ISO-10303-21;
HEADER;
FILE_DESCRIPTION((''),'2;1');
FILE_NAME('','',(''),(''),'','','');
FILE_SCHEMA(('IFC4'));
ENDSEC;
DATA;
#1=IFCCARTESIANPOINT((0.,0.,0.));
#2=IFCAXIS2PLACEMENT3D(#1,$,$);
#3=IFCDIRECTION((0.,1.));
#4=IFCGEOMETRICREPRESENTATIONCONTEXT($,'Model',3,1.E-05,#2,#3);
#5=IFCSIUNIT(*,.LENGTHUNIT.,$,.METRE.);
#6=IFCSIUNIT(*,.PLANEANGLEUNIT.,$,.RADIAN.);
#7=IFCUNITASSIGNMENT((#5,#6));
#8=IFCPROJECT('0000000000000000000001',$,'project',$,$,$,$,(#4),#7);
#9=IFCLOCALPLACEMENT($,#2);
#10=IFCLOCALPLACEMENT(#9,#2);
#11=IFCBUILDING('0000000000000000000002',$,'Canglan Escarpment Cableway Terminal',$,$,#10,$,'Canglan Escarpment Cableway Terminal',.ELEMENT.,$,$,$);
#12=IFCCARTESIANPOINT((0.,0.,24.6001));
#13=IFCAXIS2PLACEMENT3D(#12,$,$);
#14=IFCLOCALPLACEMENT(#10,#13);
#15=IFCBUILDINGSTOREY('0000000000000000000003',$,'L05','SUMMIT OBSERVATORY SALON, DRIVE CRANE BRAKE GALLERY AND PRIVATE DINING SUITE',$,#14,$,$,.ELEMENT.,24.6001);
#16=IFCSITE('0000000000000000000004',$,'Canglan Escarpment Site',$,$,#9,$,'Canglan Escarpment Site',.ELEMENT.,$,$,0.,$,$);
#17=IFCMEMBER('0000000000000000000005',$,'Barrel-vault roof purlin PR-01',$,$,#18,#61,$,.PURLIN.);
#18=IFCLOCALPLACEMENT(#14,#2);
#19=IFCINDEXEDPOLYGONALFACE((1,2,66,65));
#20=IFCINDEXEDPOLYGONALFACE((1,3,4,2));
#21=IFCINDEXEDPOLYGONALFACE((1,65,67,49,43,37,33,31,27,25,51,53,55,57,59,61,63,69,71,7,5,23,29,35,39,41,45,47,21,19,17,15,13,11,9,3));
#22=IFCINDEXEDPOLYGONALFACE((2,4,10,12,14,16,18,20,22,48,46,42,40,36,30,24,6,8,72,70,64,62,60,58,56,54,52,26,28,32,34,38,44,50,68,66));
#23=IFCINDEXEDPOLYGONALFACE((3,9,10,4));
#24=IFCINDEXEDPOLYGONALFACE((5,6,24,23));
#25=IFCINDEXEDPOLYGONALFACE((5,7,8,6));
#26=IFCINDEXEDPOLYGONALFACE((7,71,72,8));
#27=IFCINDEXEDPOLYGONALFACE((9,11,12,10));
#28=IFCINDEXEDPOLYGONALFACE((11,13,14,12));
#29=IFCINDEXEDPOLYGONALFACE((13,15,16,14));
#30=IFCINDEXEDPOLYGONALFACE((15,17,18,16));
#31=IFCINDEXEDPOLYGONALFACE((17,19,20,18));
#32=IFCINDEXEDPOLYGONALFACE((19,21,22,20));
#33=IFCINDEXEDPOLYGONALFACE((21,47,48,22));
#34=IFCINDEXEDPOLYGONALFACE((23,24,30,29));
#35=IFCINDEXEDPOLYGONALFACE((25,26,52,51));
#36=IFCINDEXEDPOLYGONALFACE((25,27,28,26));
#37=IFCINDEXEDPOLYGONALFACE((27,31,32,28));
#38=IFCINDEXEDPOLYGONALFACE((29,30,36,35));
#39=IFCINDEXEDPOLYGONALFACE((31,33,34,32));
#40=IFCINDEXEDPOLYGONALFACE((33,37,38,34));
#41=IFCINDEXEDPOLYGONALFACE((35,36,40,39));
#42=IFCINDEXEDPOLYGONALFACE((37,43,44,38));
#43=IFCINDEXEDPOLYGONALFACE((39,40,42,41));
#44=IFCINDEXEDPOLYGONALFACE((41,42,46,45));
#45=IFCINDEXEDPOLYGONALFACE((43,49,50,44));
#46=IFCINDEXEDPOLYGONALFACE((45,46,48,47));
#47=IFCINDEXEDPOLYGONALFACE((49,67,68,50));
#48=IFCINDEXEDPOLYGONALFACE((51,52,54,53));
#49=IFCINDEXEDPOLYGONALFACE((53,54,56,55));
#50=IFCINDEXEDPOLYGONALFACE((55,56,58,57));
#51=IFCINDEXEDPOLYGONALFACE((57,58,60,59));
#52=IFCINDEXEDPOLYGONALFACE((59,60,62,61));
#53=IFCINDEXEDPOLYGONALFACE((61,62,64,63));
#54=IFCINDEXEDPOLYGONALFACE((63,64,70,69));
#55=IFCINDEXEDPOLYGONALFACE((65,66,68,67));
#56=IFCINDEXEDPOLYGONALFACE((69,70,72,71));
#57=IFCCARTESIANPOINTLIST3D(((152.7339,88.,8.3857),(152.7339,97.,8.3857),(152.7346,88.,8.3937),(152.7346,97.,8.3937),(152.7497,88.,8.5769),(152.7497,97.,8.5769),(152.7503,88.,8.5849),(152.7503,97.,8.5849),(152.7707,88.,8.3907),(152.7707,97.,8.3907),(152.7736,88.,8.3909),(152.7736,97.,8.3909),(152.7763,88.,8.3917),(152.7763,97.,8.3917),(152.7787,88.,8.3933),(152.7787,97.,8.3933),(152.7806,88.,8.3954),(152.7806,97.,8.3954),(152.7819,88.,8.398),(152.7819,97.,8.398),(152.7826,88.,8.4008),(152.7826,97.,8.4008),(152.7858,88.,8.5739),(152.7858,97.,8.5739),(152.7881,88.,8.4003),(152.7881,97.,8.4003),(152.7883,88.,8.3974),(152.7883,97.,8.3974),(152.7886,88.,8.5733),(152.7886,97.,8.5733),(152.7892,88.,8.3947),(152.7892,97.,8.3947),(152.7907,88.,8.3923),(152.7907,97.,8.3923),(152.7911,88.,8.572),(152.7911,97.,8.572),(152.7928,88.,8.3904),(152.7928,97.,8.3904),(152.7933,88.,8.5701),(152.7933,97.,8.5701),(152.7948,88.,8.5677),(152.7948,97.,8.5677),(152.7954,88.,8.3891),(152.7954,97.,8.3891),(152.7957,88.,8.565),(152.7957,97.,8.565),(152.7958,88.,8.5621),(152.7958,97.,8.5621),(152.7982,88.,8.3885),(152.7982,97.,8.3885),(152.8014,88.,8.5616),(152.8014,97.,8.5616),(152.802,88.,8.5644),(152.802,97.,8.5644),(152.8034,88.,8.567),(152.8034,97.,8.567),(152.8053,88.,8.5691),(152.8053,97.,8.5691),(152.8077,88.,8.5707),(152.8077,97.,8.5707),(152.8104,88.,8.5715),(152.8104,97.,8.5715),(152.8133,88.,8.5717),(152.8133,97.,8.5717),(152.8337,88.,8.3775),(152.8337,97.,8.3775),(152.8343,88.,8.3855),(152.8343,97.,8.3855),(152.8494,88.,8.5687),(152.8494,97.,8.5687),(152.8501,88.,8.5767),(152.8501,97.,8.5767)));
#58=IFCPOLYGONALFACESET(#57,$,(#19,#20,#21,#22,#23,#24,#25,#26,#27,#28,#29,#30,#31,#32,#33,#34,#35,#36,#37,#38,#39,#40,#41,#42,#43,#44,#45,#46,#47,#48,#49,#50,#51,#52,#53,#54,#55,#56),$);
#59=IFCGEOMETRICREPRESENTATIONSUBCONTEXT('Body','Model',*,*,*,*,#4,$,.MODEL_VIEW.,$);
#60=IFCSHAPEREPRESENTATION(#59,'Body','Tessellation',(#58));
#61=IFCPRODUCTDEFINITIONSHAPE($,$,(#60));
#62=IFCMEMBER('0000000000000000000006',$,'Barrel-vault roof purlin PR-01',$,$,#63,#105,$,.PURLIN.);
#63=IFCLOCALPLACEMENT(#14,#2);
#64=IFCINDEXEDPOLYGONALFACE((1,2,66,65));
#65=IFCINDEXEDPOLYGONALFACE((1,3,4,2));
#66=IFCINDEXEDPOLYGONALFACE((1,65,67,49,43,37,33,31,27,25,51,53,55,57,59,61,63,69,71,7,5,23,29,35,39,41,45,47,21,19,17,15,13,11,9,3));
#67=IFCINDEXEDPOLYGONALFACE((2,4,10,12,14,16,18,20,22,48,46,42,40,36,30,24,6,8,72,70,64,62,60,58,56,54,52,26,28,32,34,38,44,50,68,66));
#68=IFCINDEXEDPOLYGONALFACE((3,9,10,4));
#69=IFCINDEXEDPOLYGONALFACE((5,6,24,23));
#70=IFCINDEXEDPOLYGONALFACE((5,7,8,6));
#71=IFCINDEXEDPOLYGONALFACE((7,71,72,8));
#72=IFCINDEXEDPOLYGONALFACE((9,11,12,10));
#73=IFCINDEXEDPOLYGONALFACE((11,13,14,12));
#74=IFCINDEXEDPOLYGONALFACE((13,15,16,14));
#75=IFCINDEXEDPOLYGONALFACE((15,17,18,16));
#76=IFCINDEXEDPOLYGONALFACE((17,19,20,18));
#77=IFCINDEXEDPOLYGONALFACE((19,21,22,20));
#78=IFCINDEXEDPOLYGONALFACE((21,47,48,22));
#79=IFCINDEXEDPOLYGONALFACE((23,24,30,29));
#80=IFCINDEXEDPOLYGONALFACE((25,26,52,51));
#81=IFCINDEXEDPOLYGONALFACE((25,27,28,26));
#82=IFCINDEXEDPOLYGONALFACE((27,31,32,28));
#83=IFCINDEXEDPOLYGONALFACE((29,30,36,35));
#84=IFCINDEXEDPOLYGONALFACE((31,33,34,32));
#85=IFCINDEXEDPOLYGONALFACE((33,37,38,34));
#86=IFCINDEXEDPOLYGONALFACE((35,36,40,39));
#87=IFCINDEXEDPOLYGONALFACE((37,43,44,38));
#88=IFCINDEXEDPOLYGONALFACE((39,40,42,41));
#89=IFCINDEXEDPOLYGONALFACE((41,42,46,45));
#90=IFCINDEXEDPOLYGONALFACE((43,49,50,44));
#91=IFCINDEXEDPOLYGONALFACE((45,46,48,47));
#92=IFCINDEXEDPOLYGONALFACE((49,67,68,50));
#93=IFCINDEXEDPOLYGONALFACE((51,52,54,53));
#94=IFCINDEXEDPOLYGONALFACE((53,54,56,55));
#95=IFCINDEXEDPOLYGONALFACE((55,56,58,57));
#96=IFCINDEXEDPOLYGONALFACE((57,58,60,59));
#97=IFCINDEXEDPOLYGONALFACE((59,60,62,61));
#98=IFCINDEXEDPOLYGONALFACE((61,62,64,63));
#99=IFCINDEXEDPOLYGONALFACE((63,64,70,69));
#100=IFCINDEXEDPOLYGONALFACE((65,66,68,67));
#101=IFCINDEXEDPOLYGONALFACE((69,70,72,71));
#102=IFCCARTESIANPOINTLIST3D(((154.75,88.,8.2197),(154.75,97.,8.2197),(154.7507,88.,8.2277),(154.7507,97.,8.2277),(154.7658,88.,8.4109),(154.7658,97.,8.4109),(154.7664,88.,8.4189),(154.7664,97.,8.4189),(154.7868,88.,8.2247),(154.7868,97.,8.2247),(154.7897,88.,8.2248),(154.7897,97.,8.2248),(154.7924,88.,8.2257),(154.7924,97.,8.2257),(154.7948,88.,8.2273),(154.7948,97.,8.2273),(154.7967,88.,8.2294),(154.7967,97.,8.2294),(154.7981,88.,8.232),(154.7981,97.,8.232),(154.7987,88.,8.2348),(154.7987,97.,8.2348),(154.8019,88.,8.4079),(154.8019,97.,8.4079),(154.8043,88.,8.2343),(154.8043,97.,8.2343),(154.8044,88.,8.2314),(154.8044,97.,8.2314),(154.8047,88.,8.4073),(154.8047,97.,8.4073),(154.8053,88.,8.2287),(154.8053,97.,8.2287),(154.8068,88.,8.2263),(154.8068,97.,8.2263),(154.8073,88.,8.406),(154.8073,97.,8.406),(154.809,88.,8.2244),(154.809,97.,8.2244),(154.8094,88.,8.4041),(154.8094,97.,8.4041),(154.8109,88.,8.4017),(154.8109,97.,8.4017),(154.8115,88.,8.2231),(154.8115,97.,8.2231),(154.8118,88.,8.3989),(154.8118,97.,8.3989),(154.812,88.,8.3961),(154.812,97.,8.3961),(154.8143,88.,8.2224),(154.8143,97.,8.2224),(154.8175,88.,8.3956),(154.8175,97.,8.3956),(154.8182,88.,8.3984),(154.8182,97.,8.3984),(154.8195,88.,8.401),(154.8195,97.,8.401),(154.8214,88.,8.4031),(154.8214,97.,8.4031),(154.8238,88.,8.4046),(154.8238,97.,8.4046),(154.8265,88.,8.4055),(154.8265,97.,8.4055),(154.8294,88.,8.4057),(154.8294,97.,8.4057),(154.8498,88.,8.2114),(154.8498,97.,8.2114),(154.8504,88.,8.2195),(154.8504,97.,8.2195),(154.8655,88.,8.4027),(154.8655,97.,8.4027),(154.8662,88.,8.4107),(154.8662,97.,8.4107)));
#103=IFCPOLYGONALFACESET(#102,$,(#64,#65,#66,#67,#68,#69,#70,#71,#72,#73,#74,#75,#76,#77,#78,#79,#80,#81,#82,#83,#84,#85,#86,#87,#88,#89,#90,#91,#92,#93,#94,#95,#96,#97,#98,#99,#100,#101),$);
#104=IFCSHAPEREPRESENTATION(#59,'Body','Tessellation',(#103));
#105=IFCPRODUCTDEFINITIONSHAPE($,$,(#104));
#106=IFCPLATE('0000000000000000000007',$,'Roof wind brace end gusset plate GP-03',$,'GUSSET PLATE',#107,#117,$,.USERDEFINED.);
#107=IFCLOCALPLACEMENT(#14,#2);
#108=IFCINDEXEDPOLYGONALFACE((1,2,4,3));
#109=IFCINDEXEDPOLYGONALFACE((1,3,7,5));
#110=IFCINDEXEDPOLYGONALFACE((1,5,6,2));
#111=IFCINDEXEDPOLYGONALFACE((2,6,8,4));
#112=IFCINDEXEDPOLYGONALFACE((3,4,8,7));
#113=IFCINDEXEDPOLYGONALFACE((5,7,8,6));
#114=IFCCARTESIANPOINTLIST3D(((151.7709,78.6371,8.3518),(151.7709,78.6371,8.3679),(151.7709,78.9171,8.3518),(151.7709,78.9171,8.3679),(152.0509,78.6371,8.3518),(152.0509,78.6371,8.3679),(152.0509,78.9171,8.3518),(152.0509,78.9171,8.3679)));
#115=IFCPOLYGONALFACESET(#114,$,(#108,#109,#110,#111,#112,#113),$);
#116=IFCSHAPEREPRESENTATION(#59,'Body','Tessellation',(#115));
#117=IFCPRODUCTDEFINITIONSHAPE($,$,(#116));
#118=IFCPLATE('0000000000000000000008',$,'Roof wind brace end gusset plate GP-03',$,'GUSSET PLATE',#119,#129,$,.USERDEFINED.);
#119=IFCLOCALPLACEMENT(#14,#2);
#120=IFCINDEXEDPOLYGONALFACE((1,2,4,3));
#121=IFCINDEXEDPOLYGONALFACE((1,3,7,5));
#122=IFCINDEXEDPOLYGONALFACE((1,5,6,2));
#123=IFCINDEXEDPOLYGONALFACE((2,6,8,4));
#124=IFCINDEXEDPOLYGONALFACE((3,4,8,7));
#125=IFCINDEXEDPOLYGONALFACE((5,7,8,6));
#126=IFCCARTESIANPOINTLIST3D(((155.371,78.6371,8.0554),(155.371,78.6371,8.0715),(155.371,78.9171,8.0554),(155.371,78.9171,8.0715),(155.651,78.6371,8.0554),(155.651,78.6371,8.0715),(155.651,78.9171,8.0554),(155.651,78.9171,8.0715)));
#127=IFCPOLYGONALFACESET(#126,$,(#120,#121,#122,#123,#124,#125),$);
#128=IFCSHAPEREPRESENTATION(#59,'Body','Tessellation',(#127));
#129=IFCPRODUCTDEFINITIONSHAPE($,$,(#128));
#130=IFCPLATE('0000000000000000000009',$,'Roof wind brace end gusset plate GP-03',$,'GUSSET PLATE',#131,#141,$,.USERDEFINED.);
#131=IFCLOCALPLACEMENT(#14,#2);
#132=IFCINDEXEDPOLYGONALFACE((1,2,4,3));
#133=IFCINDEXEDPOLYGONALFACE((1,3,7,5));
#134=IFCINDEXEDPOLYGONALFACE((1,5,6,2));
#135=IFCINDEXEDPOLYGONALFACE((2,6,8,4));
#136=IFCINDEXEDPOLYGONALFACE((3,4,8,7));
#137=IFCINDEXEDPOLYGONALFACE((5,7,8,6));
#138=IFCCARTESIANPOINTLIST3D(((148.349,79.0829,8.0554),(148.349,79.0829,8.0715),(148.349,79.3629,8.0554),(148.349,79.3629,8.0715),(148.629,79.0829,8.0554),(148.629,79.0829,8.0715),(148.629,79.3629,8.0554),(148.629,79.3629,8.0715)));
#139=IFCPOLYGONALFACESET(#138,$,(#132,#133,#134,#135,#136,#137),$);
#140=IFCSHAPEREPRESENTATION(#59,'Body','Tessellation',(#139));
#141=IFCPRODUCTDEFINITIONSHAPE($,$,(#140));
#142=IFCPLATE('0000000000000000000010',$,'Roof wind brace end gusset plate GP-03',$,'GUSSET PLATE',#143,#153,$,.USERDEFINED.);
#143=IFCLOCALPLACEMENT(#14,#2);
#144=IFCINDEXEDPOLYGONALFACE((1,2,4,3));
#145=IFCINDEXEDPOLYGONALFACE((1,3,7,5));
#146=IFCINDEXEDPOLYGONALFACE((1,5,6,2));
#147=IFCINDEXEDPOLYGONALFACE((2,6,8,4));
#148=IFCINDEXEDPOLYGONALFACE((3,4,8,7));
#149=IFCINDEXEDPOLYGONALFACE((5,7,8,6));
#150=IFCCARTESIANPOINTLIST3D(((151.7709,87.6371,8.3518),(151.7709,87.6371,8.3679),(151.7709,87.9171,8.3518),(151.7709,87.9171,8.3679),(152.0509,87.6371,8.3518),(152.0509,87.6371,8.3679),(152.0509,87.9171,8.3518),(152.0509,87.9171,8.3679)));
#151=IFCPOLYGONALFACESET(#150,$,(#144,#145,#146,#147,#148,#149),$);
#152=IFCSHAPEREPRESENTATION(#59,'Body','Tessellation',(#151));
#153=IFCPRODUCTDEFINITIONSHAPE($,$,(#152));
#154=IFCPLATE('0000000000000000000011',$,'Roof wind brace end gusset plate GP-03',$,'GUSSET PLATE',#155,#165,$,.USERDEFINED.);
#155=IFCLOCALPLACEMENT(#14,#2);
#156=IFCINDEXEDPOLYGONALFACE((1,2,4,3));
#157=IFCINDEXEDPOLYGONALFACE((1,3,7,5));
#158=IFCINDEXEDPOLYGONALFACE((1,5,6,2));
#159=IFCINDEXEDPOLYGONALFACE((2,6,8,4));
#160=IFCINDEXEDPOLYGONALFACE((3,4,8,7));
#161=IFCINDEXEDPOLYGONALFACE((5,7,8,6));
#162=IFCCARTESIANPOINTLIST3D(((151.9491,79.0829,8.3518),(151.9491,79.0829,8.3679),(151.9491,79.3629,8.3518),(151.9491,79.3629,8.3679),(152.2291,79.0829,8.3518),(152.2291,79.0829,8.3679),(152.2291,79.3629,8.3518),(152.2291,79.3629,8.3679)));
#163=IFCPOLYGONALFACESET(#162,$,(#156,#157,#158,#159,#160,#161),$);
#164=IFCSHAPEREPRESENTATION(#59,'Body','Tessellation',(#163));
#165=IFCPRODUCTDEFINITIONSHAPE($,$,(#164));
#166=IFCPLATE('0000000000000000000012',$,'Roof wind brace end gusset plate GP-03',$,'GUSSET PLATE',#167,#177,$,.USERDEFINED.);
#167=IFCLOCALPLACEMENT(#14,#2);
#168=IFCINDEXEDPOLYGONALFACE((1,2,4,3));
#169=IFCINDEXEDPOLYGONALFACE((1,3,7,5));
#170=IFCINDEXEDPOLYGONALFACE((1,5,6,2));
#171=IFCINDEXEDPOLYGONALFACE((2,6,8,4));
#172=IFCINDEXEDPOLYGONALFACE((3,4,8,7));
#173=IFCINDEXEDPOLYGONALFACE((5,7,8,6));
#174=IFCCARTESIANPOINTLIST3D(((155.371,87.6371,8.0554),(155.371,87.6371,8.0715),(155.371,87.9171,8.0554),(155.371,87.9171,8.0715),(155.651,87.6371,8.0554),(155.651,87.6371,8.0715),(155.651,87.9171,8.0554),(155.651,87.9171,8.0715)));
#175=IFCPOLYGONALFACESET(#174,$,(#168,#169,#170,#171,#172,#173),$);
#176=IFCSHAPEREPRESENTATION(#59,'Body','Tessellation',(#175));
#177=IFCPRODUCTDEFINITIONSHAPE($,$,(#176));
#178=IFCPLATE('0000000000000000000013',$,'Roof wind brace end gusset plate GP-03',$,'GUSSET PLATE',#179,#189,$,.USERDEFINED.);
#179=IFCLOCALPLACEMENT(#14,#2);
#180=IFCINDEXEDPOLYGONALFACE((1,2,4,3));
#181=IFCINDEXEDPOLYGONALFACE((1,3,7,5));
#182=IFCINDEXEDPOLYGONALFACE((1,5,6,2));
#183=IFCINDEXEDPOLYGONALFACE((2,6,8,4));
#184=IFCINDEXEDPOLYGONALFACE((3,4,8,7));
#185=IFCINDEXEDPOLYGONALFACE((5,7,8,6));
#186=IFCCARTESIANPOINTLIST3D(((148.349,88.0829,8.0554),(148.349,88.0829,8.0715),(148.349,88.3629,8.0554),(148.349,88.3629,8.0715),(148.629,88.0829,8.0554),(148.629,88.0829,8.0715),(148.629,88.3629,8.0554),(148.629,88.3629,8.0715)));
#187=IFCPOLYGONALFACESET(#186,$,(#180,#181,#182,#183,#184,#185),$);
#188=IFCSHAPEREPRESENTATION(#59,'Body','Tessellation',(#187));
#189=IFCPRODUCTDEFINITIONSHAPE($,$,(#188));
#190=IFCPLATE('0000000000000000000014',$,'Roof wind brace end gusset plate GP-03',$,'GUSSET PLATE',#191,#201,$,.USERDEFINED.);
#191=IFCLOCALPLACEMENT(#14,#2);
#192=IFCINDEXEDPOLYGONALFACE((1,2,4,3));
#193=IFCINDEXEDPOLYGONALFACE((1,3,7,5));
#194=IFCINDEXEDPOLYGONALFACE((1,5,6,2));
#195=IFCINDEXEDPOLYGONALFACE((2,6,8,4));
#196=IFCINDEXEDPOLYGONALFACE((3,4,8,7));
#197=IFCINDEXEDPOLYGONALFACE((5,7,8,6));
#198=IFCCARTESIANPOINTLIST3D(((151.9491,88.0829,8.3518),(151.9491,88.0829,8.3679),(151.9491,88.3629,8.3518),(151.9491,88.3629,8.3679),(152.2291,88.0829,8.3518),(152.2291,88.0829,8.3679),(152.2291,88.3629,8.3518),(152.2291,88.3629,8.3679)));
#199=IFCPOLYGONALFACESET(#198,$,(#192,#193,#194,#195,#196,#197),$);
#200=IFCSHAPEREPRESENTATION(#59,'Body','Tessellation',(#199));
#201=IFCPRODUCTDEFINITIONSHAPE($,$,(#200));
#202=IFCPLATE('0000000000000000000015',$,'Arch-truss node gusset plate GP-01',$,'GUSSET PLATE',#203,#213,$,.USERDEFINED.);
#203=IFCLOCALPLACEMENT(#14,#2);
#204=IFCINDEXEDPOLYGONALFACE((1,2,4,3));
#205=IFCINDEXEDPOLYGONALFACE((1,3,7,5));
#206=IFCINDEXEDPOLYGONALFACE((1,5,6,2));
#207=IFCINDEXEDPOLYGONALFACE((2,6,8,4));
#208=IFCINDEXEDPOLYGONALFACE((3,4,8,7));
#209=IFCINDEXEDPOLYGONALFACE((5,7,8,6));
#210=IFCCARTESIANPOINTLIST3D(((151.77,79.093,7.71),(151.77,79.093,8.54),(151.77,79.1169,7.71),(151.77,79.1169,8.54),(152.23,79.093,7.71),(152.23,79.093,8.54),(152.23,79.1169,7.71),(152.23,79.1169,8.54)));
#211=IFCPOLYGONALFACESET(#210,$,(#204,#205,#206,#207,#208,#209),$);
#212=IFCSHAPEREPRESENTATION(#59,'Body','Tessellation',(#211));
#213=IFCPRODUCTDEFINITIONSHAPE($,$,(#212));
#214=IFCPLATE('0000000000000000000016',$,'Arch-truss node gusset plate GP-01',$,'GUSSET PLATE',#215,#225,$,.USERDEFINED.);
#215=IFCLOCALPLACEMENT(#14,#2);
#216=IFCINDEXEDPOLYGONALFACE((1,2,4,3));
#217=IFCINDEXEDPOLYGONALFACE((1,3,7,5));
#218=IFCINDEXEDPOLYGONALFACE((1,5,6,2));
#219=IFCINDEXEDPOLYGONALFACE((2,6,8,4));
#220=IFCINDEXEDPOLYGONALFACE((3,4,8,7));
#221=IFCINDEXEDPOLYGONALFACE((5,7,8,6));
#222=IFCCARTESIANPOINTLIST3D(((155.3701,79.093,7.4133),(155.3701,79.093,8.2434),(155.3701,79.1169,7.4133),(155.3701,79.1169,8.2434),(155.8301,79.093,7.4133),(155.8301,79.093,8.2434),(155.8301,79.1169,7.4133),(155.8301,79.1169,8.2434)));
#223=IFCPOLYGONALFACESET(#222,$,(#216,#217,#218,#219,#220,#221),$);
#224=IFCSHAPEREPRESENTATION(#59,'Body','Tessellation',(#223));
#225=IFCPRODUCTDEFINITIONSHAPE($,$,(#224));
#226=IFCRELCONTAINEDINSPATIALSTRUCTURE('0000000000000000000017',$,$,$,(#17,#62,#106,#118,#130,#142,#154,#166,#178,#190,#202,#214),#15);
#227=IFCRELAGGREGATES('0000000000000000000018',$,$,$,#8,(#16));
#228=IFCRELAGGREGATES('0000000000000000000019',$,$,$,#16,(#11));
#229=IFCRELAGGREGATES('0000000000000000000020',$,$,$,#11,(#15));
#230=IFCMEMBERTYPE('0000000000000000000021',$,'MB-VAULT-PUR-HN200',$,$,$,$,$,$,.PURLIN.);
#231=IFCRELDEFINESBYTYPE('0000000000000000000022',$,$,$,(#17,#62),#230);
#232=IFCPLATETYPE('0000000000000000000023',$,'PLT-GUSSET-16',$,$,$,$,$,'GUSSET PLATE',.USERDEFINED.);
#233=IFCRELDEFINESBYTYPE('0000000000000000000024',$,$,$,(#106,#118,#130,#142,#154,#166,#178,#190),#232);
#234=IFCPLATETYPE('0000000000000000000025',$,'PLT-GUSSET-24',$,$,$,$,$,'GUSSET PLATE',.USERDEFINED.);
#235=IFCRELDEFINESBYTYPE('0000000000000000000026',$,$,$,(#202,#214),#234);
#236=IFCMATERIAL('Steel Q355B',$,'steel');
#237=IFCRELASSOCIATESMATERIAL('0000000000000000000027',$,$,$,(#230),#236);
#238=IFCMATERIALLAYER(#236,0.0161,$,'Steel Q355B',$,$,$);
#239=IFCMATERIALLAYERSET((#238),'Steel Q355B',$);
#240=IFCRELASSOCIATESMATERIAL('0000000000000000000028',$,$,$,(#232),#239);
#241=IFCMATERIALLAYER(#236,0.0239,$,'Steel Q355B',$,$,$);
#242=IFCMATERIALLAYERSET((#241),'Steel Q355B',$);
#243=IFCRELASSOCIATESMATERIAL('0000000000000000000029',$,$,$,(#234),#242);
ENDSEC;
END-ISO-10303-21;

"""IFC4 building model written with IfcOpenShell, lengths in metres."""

from ifc_helpers import new_model, si_unit, direction, frame, origin, origin_2d, place, context, subcontext, project, spatial, rectangle, i_section, extrude, material, layer, layer_set, material_profile, profile_set, type_object, element, save


model = new_model("IFC4")

# Units and contexts
model_context = context("Model", 3, precision=1e-05, world=origin(), true_north=direction((0.0, 1.0)))
body_context = subcontext(model_context, "Body", "Model", "MODEL_VIEW")
ifc_project = project(units=[si_unit("LENGTHUNIT", "METRE"), si_unit("PLANEANGLEUNIT", "RADIAN")], contexts=[model_context])

# Site, building, storey
site_placement = place(None, origin())
site = spatial("IfcSite", under=ifc_project, at=site_placement, Name="Canglan Escarpment Site", LongName="Canglan Escarpment Site", CompositionType="ELEMENT", RefElevation=0.0)
building_placement = place(site_placement, origin())
building = spatial("IfcBuilding", under=site, at=building_placement, Name="Canglan Escarpment Cableway Terminal", LongName="Canglan Escarpment Cableway Terminal", CompositionType="ELEMENT")
storey_placement = place(building_placement, frame((0.0, 0.0, 24.6001)))
storey = spatial("IfcBuildingStorey", under=building, at=storey_placement, Name="L05", Description="SUMMIT OBSERVATORY SALON, DRIVE CRANE BRAKE GALLERY AND PRIVATE DINING SUITE", CompositionType="ELEMENT", Elevation=24.6001)

# Shared definitions
ifc_material = material(Name="Steel Q355B", Category="steel")

# Members
ifc_material_profile_1 = material_profile(ifc_material, i_section(OverallWidth=0.1001, OverallDepth=0.2, WebThickness=0.0056, FlangeThickness=0.0081, FilletRadius=0.011, at=origin_2d()), Name="HN 200x100x5.5x8")
ifc_profile_set_1 = profile_set([ifc_material_profile_1], Name="Steel Q355B")
member_type_1 = type_object("IfcMemberType", Name="MB-VAULT-PUR-HN200", PredefinedType="PURLIN", material=ifc_profile_set_1)
for number, where, z_axis, x_axis, name in (
    (1, (152.792, 88.0, 8.4812), (0.0, 1.0, 0.0), (-0.996626, 0.0, 0.082078), "Barrel-vault roof purlin PR-01"),
    (2, (154.8081, 88.0, 8.3152), (0.0, 1.0, 0.0), (-0.996626, 0.0, 0.082078), "Barrel-vault roof purlin PR-01"),
):
    element("IfcMember", number, at=place(storey_placement, frame(where, z_axis=z_axis, x_axis=x_axis)), inside=storey, type_object=member_type_1, Name=name, PredefinedType="PURLIN", context=body_context, shape_type="SweptSolid", body=[
        extrude(i_section(OverallWidth=0.1001, OverallDepth=0.2, WebThickness=0.0056, FlangeThickness=0.0081, FilletRadius=0.011, at=origin_2d()), origin(), (0.0, 0.0, 1.0), 9.0),
    ])

# Plates
ifc_layer_1 = layer(ifc_material, 0.0161, Name="Steel Q355B")
ifc_layer_set_1 = layer_set([ifc_layer_1], Name="Steel Q355B")
plate_type_1 = type_object("IfcPlateType", Name="PLT-GUSSET-16", ElementType="GUSSET PLATE", PredefinedType="USERDEFINED", material=ifc_layer_set_1)
for number, where, z_axis, x_axis, name in (
    (3, (151.9109, 78.7771, 8.3518), (0.0, 0.0, 1.0), (1.0, 0.0, 0.0), "Roof wind brace end gusset plate GP-03"),
    (4, (155.511, 78.7771, 8.0554), (0.0, 0.0, 1.0), (1.0, 0.0, 0.0), "Roof wind brace end gusset plate GP-03"),
    (5, (148.489, 79.2229, 8.0554), (0.0, 0.0, 1.0), (1.0, 0.0, 0.0), "Roof wind brace end gusset plate GP-03"),
    (6, (151.9109, 87.7771, 8.3518), (0.0, 0.0, 1.0), (1.0, 0.0, 0.0), "Roof wind brace end gusset plate GP-03"),
    (7, (152.0891, 79.2229, 8.3518), (0.0, 0.0, 1.0), (1.0, 0.0, 0.0), "Roof wind brace end gusset plate GP-03"),
    (8, (155.511, 87.7771, 8.0554), (0.0, 0.0, 1.0), (1.0, 0.0, 0.0), "Roof wind brace end gusset plate GP-03"),
    (9, (148.489, 88.2229, 8.0554), (0.0, 0.0, 1.0), (1.0, 0.0, 0.0), "Roof wind brace end gusset plate GP-03"),
    (10, (152.0891, 88.2229, 8.3518), (0.0, 0.0, 1.0), (1.0, 0.0, 0.0), "Roof wind brace end gusset plate GP-03"),
):
    element("IfcPlate", number, at=place(storey_placement, frame(where, z_axis=z_axis, x_axis=x_axis)), inside=storey, type_object=plate_type_1, Name=name, ObjectType="GUSSET PLATE", PredefinedType="USERDEFINED", context=body_context, shape_type="SweptSolid", body=[
        extrude(rectangle(XDim=0.28, YDim=0.28, at=origin_2d()), origin(), (0.0, 0.0, 1.0), 0.0161),
    ])
ifc_layer_2 = layer(ifc_material, 0.0239, Name="Steel Q355B")
ifc_layer_set_2 = layer_set([ifc_layer_2], Name="Steel Q355B")
plate_type_2 = type_object("IfcPlateType", Name="PLT-GUSSET-24", ElementType="GUSSET PLATE", PredefinedType="USERDEFINED", material=ifc_layer_set_2)
for number, where, z_axis, x_axis, name in (
    (11, (152.0, 79.105, 7.71), (0.0, 0.0, 1.0), (1.0, 0.0, 0.0), "Arch-truss node gusset plate GP-01"),
    (12, (155.6001, 79.105, 7.4133), (0.0, 0.0, 1.0), (1.0, 0.0, 0.0), "Arch-truss node gusset plate GP-01"),
):
    element("IfcPlate", number, at=place(storey_placement, frame(where, z_axis=z_axis, x_axis=x_axis)), inside=storey, type_object=plate_type_2, Name=name, ObjectType="GUSSET PLATE", PredefinedType="USERDEFINED", context=body_context, shape_type="SweptSolid", body=[
        extrude(rectangle(XDim=0.46, YDim=0.0239, at=origin_2d()), origin(), (0.0, 0.0, 1.0), 0.8301),
    ])

save(model, "model.ifc")
